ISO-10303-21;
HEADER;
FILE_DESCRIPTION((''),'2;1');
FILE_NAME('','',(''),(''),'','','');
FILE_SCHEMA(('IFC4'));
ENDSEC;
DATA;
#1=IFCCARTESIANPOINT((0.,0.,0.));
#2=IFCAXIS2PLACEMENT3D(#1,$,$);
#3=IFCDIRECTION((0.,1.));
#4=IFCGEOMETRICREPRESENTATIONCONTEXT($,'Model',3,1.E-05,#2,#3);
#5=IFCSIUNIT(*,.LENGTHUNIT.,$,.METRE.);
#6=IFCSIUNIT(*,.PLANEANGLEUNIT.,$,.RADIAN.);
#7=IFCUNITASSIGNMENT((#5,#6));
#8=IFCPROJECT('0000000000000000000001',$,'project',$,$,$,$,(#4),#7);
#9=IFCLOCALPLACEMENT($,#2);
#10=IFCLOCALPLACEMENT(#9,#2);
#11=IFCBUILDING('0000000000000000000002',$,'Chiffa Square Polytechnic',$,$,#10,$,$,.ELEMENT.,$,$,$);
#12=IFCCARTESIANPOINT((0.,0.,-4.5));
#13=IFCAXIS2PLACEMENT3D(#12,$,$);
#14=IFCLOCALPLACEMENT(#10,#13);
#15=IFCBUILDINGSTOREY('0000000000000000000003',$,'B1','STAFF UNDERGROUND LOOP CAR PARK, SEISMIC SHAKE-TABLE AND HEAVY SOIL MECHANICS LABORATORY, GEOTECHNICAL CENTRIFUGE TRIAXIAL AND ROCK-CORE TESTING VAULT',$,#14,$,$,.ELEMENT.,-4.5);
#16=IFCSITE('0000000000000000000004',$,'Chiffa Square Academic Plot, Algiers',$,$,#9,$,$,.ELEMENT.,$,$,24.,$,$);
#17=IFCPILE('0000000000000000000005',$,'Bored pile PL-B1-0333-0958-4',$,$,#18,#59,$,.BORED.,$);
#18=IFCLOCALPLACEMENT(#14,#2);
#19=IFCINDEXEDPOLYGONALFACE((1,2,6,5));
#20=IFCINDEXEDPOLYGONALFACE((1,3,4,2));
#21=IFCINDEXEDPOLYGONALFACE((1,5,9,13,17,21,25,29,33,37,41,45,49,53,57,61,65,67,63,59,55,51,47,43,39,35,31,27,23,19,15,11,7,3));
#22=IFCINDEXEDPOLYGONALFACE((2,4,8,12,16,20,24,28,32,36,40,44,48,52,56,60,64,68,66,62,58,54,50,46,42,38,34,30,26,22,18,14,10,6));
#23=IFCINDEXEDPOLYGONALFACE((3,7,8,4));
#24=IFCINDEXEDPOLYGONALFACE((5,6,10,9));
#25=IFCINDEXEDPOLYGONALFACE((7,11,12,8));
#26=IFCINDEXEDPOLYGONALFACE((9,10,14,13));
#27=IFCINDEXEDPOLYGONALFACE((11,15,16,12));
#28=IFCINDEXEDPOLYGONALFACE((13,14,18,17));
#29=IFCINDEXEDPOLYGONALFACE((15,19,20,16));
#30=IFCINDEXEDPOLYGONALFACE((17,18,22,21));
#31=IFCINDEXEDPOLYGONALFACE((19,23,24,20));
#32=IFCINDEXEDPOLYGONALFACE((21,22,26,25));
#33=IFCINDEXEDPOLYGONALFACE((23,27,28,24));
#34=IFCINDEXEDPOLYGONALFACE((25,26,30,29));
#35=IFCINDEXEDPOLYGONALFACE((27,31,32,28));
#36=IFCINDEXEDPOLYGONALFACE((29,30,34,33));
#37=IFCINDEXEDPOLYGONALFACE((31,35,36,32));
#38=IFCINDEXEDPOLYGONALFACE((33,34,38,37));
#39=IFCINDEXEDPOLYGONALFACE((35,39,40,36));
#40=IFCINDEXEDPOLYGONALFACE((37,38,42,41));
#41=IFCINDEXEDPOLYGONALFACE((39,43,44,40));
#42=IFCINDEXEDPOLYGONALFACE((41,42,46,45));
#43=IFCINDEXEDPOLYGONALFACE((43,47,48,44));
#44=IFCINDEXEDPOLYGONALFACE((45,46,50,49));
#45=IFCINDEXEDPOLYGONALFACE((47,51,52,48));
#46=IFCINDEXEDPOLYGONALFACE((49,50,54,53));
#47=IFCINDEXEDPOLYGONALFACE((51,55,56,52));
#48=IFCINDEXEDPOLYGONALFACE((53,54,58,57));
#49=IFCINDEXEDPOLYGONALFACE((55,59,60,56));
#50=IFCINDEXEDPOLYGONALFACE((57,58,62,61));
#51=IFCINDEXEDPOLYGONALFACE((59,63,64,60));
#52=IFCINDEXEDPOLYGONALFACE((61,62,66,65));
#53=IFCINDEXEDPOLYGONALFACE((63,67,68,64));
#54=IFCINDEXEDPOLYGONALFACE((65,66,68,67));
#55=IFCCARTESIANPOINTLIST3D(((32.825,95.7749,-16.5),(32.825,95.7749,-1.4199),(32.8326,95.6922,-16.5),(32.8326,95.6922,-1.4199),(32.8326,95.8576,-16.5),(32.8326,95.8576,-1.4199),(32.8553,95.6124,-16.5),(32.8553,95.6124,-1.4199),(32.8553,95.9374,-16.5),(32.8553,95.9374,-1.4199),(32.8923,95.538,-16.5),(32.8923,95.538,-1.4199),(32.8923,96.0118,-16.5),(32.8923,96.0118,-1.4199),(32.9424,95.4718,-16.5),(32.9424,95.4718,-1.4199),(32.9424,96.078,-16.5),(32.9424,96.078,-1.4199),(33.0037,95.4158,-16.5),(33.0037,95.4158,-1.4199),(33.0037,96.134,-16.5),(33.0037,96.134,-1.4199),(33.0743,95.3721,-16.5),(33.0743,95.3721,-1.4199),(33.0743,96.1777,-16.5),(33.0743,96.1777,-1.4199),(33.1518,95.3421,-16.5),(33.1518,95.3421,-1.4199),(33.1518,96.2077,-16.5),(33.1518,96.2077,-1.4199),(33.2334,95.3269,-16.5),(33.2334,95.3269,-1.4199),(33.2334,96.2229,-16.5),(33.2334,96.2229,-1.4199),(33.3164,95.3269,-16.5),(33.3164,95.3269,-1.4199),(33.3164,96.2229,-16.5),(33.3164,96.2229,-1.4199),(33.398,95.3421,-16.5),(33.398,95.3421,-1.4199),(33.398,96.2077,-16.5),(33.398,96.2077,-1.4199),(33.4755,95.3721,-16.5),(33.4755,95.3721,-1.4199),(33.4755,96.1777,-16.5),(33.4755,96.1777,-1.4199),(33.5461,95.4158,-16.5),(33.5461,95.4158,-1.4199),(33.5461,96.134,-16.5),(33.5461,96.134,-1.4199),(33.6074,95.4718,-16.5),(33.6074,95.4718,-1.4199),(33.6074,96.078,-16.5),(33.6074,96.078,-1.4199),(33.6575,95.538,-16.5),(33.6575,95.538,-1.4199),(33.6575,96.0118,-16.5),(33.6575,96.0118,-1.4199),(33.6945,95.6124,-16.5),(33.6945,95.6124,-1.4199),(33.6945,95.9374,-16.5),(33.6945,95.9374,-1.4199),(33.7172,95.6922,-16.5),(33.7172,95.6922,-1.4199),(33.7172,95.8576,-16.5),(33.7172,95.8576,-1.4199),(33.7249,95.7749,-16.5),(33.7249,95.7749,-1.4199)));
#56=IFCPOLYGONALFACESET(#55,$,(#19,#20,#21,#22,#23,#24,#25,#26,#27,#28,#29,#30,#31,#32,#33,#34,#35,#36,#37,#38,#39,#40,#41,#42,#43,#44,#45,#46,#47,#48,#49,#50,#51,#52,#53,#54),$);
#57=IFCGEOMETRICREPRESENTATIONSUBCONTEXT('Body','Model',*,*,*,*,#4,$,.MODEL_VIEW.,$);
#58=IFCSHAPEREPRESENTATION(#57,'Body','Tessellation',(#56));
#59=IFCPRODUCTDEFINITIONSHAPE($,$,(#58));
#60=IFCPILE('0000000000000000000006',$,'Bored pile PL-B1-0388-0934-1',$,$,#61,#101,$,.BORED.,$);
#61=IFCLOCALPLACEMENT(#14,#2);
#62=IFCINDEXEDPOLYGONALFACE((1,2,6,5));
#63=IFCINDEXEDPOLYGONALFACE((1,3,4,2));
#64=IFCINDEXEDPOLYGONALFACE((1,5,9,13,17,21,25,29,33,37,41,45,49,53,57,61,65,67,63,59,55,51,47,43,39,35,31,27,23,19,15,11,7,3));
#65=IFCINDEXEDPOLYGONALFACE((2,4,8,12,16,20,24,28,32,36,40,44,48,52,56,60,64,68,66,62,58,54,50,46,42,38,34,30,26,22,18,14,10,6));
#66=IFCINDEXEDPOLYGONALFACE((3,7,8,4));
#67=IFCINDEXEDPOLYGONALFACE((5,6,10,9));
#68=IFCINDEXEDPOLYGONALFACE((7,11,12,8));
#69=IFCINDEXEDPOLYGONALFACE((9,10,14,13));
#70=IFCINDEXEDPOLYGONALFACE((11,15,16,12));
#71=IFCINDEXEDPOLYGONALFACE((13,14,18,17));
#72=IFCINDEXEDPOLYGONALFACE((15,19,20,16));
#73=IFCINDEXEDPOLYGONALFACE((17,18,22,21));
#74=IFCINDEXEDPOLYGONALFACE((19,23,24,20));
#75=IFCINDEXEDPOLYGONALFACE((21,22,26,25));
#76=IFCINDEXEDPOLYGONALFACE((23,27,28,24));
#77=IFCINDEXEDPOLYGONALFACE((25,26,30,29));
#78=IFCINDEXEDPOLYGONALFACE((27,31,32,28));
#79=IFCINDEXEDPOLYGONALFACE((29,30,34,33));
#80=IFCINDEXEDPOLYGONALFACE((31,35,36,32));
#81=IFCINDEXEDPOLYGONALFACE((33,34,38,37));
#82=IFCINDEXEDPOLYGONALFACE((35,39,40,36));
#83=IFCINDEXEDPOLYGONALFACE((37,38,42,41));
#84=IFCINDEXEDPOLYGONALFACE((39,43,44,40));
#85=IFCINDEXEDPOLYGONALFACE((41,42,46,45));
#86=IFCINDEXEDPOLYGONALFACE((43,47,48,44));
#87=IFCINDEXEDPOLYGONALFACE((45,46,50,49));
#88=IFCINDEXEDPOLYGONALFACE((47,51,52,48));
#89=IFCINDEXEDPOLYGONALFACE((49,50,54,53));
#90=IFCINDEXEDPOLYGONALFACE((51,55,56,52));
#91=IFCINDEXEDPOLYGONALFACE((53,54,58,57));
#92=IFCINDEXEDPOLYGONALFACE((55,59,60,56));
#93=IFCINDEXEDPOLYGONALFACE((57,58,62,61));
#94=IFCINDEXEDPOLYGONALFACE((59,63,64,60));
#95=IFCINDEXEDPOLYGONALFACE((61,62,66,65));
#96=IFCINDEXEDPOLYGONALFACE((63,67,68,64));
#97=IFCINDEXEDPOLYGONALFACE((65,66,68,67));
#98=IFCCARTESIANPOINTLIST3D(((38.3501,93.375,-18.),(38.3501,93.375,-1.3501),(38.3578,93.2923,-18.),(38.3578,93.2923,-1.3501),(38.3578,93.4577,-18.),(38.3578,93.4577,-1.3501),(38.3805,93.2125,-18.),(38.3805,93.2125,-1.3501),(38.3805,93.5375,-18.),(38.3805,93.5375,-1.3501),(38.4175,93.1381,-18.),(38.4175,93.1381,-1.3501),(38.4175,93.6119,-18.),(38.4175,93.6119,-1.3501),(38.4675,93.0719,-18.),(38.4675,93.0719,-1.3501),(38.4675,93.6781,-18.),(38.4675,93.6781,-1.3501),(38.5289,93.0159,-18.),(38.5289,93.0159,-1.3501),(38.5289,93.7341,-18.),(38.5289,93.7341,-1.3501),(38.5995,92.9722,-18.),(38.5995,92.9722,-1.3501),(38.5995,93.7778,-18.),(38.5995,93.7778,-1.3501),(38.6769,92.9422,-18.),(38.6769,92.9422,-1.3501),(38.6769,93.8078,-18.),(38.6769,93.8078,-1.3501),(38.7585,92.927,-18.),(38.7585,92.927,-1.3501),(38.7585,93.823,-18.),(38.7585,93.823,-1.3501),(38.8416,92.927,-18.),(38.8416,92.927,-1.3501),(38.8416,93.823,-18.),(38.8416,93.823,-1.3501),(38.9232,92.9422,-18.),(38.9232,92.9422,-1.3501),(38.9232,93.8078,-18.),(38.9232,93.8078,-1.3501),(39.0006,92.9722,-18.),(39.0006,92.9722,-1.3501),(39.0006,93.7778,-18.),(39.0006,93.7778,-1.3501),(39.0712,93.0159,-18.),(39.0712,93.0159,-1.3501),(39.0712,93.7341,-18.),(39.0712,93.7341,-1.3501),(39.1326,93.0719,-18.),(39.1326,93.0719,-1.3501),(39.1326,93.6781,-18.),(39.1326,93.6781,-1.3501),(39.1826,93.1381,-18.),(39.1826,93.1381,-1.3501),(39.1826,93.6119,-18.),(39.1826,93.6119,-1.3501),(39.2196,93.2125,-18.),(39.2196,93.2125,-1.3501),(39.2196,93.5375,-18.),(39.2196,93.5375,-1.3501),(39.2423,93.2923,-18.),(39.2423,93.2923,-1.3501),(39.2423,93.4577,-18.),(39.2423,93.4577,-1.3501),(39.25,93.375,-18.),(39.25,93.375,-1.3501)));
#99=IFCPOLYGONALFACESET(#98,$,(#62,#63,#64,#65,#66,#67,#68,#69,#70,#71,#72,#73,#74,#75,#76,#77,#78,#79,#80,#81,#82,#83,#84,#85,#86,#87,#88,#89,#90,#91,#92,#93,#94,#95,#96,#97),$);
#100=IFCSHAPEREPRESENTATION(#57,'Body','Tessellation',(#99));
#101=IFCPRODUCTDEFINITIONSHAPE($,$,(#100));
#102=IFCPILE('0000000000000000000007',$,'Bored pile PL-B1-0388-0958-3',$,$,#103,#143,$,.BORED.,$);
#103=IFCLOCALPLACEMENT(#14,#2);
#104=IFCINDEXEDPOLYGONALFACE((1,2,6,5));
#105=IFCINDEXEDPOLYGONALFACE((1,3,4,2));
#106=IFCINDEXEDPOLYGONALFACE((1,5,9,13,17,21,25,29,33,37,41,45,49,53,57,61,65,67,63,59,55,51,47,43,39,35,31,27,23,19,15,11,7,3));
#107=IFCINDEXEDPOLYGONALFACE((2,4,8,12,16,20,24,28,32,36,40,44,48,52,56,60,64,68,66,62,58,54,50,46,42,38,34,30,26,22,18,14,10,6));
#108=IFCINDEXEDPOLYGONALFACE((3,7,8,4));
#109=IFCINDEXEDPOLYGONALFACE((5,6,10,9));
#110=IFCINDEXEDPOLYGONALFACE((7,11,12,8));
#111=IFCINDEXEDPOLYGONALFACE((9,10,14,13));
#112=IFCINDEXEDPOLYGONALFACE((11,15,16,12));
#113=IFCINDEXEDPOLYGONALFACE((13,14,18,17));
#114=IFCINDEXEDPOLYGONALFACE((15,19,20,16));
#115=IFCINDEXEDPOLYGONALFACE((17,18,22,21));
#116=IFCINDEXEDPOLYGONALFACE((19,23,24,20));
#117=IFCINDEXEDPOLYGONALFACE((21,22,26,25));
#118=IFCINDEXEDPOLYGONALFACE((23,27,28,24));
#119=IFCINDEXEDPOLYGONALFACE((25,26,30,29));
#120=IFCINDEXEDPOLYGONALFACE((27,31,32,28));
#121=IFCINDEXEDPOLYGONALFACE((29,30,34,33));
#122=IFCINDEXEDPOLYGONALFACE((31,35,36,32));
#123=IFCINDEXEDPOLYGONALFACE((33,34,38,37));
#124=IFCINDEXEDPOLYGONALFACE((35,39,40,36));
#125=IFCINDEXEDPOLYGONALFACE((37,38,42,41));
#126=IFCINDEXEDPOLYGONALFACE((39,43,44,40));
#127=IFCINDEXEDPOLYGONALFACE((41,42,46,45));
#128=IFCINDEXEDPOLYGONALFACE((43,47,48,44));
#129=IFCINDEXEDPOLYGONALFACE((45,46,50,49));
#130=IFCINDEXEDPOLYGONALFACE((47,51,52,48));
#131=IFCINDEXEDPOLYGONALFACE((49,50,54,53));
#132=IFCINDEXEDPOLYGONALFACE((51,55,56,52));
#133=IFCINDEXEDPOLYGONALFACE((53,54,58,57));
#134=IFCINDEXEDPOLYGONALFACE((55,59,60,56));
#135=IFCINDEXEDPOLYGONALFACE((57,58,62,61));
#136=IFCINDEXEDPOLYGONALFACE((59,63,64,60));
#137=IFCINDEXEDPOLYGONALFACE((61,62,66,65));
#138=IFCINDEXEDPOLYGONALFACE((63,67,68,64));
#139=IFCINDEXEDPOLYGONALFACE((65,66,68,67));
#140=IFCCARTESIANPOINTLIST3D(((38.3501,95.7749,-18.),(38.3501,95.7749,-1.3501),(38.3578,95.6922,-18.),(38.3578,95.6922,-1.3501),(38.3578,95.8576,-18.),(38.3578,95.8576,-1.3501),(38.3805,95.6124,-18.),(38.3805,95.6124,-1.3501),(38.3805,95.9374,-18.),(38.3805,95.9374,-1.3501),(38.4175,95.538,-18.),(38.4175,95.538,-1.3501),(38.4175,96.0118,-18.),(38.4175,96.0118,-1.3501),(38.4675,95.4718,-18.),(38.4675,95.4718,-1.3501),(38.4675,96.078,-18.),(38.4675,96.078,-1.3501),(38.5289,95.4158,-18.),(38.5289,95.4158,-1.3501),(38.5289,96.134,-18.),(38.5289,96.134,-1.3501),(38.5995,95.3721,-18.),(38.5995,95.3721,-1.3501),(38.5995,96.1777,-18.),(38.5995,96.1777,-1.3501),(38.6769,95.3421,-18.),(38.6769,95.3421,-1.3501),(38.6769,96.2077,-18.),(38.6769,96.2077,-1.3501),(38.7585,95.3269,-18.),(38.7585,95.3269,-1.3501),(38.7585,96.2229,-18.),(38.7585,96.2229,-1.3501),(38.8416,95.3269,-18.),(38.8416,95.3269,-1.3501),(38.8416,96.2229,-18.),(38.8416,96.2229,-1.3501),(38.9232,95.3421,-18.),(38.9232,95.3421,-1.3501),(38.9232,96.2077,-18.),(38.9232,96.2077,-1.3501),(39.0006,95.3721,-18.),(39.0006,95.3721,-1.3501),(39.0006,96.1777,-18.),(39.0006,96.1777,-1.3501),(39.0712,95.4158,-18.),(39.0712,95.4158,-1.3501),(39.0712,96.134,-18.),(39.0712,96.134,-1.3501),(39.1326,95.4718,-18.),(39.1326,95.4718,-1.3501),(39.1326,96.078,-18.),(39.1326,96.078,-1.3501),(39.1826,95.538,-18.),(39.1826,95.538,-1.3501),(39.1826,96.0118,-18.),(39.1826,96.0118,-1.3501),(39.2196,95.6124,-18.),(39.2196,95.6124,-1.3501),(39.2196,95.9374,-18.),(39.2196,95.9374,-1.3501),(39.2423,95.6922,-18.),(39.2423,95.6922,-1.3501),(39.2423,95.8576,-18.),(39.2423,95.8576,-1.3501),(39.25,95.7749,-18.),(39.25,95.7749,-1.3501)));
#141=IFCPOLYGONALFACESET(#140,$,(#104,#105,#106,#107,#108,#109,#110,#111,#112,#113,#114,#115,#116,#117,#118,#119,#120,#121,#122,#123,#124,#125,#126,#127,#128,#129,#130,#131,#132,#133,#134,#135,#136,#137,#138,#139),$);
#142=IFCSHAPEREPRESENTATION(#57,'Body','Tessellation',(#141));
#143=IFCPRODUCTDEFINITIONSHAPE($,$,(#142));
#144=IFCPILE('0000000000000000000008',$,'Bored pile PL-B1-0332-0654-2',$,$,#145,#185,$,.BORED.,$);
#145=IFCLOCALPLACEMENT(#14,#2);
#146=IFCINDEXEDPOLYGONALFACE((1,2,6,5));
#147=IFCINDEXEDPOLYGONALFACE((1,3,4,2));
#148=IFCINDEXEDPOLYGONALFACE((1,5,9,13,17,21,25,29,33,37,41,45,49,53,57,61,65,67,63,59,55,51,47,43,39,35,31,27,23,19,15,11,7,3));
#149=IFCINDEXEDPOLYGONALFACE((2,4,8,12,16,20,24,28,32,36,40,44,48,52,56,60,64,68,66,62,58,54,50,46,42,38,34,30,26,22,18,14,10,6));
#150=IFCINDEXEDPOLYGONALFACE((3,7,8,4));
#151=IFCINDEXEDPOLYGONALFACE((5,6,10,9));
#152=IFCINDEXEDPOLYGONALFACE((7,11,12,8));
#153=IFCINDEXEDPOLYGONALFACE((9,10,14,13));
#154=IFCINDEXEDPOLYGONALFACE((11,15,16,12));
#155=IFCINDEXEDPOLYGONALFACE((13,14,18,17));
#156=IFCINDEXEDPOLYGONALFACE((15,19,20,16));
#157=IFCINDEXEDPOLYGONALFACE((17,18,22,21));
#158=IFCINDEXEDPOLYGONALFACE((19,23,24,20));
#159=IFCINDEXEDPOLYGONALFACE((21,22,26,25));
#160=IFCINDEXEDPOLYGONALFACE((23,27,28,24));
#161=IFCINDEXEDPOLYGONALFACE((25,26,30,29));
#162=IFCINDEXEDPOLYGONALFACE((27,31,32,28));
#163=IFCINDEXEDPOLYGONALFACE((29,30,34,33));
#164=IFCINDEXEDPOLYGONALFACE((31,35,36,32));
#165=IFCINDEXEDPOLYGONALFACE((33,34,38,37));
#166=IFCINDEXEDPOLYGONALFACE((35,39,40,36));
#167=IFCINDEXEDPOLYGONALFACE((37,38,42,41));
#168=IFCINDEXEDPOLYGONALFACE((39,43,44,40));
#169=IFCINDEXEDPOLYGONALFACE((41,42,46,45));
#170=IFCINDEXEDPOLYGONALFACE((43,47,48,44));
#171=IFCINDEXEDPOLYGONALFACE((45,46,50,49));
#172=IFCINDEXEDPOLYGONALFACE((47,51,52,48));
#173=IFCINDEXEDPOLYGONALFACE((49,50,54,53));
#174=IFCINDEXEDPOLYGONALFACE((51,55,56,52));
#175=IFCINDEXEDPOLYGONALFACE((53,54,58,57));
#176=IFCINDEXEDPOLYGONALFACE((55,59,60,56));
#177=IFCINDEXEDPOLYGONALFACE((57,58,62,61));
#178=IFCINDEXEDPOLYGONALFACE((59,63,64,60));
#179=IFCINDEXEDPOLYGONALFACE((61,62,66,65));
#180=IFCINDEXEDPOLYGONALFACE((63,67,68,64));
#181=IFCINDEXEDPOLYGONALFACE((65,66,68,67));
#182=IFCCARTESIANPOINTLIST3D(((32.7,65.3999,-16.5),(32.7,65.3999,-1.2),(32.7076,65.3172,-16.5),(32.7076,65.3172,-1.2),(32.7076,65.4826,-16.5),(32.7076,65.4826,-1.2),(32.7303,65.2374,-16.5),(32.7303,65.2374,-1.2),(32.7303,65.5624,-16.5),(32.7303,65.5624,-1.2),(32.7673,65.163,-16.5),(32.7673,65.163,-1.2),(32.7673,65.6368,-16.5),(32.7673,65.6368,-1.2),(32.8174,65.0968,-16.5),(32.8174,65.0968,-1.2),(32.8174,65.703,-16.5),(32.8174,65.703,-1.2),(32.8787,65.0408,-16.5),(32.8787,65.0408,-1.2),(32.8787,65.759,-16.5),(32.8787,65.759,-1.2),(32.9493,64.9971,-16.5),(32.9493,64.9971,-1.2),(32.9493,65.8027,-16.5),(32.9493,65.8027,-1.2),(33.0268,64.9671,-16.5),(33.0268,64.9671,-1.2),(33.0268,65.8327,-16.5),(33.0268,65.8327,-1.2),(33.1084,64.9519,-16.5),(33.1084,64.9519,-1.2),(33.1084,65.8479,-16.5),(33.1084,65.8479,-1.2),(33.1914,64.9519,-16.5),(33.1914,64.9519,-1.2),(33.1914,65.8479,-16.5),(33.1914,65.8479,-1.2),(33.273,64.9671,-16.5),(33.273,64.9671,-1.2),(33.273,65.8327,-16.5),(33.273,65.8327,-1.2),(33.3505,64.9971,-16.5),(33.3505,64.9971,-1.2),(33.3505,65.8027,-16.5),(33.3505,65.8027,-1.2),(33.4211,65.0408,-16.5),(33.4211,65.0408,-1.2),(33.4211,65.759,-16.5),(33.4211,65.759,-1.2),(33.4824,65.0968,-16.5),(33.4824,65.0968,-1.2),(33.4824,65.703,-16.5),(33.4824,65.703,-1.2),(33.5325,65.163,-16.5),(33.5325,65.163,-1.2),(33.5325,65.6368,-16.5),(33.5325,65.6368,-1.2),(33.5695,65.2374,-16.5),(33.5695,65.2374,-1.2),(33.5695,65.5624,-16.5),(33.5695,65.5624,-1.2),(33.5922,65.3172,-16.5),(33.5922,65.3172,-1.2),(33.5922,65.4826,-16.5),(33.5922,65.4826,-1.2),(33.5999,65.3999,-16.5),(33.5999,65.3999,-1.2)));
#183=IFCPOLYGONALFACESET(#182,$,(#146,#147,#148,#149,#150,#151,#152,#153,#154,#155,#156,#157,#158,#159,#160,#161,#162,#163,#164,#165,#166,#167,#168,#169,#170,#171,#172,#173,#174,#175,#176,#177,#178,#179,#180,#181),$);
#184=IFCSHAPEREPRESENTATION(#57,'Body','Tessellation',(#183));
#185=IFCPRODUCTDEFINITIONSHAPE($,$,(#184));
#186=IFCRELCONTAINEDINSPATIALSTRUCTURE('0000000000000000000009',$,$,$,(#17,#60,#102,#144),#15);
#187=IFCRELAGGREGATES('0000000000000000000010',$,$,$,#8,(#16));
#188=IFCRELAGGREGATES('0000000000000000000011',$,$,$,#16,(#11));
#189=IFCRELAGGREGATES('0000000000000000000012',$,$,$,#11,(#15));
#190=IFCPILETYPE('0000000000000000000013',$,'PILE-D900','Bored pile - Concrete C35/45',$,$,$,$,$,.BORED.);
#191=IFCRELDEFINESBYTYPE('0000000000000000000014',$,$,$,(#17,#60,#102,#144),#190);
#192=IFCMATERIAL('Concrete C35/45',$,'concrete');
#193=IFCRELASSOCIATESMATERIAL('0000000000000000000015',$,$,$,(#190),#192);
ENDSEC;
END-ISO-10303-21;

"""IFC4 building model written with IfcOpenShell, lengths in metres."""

from ifc_helpers import new_model, si_unit, direction, frame, origin, origin_2d, place, context, subcontext, project, spatial, circle, extrude, material, material_profile, profile_set, type_object, element, save


model = new_model("IFC4")

# Units and contexts
model_context = context("Model", 3, precision=1e-05, world=origin(), true_north=direction((0.0, 1.0)))
body_context = subcontext(model_context, "Body", "Model", "MODEL_VIEW")
ifc_project = project(units=[si_unit("LENGTHUNIT", "METRE"), si_unit("PLANEANGLEUNIT", "RADIAN")], contexts=[model_context])

# Site, building, storey
site_placement = place(None, origin())
site = spatial("IfcSite", under=ifc_project, at=site_placement, Name="Chiffa Square Academic Plot, Algiers", CompositionType="ELEMENT", RefElevation=24.0)
building_placement = place(site_placement, origin())
building = spatial("IfcBuilding", under=site, at=building_placement, Name="Chiffa Square Polytechnic", CompositionType="ELEMENT")
storey_placement = place(building_placement, frame((0.0, 0.0, -4.5)))
storey = spatial("IfcBuildingStorey", under=building, at=storey_placement, Name="B1", Description="STAFF UNDERGROUND LOOP CAR PARK, SEISMIC SHAKE-TABLE AND HEAVY SOIL MECHANICS LABORATORY, GEOTECHNICAL CENTRIFUGE TRIAXIAL AND ROCK-CORE TESTING VAULT", CompositionType="ELEMENT", Elevation=-4.5)

# Shared definitions
ifc_material_1 = material(Name="Concrete C35/45", Category="concrete")

# Piles
ifc_material_profile_1 = material_profile(ifc_material_1, circle(Radius=0.45, at=origin_2d()), Name="PILE D900")
ifc_profile_set_1 = profile_set([ifc_material_profile_1], Name="Concrete C35/45")
pile_type_1 = type_object("IfcPileType", Name="PILE-D900", Description="Bored pile - Concrete C35/45", PredefinedType="BORED", material=ifc_profile_set_1)
for number, where, z_axis, x_axis, name in (
    (1, (33.2749, 95.7749, -1.4199), (0.0, 0.0, -1.0), (1.0, 0.0, 0.0), "Bored pile PL-B1-0333-0958-4"),
):
    element("IfcPile", number, at=place(storey_placement, frame(where, z_axis=z_axis, x_axis=x_axis)), inside=storey, type_object=pile_type_1, Name=name, PredefinedType="BORED", context=body_context, shape_type="SweptSolid", body=[
        extrude(circle(Radius=0.45, at=origin_2d()), origin(), (0.0, 0.0, 1.0), 15.0801),
    ])
for number, where, z_axis, x_axis, name in (
    (2, (38.8, 93.375, -1.3501), (0.0, 0.0, -1.0), (1.0, 0.0, 0.0), "Bored pile PL-B1-0388-0934-1"),
    (3, (38.8, 95.7749, -1.3501), (0.0, 0.0, -1.0), (1.0, 0.0, 0.0), "Bored pile PL-B1-0388-0958-3"),
):
    element("IfcPile", number, at=place(storey_placement, frame(where, z_axis=z_axis, x_axis=x_axis)), inside=storey, type_object=pile_type_1, Name=name, PredefinedType="BORED", context=body_context, shape_type="SweptSolid", body=[
        extrude(circle(Radius=0.45, at=origin_2d()), origin(), (0.0, 0.0, 1.0), 16.6499),
    ])
pile_1_placement = place(storey_placement, frame((33.1499, 65.3999, -1.2), z_axis=(0.0, 0.0, -1.0), x_axis=(1.0, 0.0, 0.0)))
element("IfcPile", 4, at=pile_1_placement, inside=storey, type_object=pile_type_1, Name="Bored pile PL-B1-0332-0654-2", PredefinedType="BORED", context=body_context, shape_type="SweptSolid", body=[
    extrude(circle(Radius=0.45, at=origin_2d()), origin(), (0.0, 0.0, 1.0), 15.3),
])

save(model, "model.ifc")
